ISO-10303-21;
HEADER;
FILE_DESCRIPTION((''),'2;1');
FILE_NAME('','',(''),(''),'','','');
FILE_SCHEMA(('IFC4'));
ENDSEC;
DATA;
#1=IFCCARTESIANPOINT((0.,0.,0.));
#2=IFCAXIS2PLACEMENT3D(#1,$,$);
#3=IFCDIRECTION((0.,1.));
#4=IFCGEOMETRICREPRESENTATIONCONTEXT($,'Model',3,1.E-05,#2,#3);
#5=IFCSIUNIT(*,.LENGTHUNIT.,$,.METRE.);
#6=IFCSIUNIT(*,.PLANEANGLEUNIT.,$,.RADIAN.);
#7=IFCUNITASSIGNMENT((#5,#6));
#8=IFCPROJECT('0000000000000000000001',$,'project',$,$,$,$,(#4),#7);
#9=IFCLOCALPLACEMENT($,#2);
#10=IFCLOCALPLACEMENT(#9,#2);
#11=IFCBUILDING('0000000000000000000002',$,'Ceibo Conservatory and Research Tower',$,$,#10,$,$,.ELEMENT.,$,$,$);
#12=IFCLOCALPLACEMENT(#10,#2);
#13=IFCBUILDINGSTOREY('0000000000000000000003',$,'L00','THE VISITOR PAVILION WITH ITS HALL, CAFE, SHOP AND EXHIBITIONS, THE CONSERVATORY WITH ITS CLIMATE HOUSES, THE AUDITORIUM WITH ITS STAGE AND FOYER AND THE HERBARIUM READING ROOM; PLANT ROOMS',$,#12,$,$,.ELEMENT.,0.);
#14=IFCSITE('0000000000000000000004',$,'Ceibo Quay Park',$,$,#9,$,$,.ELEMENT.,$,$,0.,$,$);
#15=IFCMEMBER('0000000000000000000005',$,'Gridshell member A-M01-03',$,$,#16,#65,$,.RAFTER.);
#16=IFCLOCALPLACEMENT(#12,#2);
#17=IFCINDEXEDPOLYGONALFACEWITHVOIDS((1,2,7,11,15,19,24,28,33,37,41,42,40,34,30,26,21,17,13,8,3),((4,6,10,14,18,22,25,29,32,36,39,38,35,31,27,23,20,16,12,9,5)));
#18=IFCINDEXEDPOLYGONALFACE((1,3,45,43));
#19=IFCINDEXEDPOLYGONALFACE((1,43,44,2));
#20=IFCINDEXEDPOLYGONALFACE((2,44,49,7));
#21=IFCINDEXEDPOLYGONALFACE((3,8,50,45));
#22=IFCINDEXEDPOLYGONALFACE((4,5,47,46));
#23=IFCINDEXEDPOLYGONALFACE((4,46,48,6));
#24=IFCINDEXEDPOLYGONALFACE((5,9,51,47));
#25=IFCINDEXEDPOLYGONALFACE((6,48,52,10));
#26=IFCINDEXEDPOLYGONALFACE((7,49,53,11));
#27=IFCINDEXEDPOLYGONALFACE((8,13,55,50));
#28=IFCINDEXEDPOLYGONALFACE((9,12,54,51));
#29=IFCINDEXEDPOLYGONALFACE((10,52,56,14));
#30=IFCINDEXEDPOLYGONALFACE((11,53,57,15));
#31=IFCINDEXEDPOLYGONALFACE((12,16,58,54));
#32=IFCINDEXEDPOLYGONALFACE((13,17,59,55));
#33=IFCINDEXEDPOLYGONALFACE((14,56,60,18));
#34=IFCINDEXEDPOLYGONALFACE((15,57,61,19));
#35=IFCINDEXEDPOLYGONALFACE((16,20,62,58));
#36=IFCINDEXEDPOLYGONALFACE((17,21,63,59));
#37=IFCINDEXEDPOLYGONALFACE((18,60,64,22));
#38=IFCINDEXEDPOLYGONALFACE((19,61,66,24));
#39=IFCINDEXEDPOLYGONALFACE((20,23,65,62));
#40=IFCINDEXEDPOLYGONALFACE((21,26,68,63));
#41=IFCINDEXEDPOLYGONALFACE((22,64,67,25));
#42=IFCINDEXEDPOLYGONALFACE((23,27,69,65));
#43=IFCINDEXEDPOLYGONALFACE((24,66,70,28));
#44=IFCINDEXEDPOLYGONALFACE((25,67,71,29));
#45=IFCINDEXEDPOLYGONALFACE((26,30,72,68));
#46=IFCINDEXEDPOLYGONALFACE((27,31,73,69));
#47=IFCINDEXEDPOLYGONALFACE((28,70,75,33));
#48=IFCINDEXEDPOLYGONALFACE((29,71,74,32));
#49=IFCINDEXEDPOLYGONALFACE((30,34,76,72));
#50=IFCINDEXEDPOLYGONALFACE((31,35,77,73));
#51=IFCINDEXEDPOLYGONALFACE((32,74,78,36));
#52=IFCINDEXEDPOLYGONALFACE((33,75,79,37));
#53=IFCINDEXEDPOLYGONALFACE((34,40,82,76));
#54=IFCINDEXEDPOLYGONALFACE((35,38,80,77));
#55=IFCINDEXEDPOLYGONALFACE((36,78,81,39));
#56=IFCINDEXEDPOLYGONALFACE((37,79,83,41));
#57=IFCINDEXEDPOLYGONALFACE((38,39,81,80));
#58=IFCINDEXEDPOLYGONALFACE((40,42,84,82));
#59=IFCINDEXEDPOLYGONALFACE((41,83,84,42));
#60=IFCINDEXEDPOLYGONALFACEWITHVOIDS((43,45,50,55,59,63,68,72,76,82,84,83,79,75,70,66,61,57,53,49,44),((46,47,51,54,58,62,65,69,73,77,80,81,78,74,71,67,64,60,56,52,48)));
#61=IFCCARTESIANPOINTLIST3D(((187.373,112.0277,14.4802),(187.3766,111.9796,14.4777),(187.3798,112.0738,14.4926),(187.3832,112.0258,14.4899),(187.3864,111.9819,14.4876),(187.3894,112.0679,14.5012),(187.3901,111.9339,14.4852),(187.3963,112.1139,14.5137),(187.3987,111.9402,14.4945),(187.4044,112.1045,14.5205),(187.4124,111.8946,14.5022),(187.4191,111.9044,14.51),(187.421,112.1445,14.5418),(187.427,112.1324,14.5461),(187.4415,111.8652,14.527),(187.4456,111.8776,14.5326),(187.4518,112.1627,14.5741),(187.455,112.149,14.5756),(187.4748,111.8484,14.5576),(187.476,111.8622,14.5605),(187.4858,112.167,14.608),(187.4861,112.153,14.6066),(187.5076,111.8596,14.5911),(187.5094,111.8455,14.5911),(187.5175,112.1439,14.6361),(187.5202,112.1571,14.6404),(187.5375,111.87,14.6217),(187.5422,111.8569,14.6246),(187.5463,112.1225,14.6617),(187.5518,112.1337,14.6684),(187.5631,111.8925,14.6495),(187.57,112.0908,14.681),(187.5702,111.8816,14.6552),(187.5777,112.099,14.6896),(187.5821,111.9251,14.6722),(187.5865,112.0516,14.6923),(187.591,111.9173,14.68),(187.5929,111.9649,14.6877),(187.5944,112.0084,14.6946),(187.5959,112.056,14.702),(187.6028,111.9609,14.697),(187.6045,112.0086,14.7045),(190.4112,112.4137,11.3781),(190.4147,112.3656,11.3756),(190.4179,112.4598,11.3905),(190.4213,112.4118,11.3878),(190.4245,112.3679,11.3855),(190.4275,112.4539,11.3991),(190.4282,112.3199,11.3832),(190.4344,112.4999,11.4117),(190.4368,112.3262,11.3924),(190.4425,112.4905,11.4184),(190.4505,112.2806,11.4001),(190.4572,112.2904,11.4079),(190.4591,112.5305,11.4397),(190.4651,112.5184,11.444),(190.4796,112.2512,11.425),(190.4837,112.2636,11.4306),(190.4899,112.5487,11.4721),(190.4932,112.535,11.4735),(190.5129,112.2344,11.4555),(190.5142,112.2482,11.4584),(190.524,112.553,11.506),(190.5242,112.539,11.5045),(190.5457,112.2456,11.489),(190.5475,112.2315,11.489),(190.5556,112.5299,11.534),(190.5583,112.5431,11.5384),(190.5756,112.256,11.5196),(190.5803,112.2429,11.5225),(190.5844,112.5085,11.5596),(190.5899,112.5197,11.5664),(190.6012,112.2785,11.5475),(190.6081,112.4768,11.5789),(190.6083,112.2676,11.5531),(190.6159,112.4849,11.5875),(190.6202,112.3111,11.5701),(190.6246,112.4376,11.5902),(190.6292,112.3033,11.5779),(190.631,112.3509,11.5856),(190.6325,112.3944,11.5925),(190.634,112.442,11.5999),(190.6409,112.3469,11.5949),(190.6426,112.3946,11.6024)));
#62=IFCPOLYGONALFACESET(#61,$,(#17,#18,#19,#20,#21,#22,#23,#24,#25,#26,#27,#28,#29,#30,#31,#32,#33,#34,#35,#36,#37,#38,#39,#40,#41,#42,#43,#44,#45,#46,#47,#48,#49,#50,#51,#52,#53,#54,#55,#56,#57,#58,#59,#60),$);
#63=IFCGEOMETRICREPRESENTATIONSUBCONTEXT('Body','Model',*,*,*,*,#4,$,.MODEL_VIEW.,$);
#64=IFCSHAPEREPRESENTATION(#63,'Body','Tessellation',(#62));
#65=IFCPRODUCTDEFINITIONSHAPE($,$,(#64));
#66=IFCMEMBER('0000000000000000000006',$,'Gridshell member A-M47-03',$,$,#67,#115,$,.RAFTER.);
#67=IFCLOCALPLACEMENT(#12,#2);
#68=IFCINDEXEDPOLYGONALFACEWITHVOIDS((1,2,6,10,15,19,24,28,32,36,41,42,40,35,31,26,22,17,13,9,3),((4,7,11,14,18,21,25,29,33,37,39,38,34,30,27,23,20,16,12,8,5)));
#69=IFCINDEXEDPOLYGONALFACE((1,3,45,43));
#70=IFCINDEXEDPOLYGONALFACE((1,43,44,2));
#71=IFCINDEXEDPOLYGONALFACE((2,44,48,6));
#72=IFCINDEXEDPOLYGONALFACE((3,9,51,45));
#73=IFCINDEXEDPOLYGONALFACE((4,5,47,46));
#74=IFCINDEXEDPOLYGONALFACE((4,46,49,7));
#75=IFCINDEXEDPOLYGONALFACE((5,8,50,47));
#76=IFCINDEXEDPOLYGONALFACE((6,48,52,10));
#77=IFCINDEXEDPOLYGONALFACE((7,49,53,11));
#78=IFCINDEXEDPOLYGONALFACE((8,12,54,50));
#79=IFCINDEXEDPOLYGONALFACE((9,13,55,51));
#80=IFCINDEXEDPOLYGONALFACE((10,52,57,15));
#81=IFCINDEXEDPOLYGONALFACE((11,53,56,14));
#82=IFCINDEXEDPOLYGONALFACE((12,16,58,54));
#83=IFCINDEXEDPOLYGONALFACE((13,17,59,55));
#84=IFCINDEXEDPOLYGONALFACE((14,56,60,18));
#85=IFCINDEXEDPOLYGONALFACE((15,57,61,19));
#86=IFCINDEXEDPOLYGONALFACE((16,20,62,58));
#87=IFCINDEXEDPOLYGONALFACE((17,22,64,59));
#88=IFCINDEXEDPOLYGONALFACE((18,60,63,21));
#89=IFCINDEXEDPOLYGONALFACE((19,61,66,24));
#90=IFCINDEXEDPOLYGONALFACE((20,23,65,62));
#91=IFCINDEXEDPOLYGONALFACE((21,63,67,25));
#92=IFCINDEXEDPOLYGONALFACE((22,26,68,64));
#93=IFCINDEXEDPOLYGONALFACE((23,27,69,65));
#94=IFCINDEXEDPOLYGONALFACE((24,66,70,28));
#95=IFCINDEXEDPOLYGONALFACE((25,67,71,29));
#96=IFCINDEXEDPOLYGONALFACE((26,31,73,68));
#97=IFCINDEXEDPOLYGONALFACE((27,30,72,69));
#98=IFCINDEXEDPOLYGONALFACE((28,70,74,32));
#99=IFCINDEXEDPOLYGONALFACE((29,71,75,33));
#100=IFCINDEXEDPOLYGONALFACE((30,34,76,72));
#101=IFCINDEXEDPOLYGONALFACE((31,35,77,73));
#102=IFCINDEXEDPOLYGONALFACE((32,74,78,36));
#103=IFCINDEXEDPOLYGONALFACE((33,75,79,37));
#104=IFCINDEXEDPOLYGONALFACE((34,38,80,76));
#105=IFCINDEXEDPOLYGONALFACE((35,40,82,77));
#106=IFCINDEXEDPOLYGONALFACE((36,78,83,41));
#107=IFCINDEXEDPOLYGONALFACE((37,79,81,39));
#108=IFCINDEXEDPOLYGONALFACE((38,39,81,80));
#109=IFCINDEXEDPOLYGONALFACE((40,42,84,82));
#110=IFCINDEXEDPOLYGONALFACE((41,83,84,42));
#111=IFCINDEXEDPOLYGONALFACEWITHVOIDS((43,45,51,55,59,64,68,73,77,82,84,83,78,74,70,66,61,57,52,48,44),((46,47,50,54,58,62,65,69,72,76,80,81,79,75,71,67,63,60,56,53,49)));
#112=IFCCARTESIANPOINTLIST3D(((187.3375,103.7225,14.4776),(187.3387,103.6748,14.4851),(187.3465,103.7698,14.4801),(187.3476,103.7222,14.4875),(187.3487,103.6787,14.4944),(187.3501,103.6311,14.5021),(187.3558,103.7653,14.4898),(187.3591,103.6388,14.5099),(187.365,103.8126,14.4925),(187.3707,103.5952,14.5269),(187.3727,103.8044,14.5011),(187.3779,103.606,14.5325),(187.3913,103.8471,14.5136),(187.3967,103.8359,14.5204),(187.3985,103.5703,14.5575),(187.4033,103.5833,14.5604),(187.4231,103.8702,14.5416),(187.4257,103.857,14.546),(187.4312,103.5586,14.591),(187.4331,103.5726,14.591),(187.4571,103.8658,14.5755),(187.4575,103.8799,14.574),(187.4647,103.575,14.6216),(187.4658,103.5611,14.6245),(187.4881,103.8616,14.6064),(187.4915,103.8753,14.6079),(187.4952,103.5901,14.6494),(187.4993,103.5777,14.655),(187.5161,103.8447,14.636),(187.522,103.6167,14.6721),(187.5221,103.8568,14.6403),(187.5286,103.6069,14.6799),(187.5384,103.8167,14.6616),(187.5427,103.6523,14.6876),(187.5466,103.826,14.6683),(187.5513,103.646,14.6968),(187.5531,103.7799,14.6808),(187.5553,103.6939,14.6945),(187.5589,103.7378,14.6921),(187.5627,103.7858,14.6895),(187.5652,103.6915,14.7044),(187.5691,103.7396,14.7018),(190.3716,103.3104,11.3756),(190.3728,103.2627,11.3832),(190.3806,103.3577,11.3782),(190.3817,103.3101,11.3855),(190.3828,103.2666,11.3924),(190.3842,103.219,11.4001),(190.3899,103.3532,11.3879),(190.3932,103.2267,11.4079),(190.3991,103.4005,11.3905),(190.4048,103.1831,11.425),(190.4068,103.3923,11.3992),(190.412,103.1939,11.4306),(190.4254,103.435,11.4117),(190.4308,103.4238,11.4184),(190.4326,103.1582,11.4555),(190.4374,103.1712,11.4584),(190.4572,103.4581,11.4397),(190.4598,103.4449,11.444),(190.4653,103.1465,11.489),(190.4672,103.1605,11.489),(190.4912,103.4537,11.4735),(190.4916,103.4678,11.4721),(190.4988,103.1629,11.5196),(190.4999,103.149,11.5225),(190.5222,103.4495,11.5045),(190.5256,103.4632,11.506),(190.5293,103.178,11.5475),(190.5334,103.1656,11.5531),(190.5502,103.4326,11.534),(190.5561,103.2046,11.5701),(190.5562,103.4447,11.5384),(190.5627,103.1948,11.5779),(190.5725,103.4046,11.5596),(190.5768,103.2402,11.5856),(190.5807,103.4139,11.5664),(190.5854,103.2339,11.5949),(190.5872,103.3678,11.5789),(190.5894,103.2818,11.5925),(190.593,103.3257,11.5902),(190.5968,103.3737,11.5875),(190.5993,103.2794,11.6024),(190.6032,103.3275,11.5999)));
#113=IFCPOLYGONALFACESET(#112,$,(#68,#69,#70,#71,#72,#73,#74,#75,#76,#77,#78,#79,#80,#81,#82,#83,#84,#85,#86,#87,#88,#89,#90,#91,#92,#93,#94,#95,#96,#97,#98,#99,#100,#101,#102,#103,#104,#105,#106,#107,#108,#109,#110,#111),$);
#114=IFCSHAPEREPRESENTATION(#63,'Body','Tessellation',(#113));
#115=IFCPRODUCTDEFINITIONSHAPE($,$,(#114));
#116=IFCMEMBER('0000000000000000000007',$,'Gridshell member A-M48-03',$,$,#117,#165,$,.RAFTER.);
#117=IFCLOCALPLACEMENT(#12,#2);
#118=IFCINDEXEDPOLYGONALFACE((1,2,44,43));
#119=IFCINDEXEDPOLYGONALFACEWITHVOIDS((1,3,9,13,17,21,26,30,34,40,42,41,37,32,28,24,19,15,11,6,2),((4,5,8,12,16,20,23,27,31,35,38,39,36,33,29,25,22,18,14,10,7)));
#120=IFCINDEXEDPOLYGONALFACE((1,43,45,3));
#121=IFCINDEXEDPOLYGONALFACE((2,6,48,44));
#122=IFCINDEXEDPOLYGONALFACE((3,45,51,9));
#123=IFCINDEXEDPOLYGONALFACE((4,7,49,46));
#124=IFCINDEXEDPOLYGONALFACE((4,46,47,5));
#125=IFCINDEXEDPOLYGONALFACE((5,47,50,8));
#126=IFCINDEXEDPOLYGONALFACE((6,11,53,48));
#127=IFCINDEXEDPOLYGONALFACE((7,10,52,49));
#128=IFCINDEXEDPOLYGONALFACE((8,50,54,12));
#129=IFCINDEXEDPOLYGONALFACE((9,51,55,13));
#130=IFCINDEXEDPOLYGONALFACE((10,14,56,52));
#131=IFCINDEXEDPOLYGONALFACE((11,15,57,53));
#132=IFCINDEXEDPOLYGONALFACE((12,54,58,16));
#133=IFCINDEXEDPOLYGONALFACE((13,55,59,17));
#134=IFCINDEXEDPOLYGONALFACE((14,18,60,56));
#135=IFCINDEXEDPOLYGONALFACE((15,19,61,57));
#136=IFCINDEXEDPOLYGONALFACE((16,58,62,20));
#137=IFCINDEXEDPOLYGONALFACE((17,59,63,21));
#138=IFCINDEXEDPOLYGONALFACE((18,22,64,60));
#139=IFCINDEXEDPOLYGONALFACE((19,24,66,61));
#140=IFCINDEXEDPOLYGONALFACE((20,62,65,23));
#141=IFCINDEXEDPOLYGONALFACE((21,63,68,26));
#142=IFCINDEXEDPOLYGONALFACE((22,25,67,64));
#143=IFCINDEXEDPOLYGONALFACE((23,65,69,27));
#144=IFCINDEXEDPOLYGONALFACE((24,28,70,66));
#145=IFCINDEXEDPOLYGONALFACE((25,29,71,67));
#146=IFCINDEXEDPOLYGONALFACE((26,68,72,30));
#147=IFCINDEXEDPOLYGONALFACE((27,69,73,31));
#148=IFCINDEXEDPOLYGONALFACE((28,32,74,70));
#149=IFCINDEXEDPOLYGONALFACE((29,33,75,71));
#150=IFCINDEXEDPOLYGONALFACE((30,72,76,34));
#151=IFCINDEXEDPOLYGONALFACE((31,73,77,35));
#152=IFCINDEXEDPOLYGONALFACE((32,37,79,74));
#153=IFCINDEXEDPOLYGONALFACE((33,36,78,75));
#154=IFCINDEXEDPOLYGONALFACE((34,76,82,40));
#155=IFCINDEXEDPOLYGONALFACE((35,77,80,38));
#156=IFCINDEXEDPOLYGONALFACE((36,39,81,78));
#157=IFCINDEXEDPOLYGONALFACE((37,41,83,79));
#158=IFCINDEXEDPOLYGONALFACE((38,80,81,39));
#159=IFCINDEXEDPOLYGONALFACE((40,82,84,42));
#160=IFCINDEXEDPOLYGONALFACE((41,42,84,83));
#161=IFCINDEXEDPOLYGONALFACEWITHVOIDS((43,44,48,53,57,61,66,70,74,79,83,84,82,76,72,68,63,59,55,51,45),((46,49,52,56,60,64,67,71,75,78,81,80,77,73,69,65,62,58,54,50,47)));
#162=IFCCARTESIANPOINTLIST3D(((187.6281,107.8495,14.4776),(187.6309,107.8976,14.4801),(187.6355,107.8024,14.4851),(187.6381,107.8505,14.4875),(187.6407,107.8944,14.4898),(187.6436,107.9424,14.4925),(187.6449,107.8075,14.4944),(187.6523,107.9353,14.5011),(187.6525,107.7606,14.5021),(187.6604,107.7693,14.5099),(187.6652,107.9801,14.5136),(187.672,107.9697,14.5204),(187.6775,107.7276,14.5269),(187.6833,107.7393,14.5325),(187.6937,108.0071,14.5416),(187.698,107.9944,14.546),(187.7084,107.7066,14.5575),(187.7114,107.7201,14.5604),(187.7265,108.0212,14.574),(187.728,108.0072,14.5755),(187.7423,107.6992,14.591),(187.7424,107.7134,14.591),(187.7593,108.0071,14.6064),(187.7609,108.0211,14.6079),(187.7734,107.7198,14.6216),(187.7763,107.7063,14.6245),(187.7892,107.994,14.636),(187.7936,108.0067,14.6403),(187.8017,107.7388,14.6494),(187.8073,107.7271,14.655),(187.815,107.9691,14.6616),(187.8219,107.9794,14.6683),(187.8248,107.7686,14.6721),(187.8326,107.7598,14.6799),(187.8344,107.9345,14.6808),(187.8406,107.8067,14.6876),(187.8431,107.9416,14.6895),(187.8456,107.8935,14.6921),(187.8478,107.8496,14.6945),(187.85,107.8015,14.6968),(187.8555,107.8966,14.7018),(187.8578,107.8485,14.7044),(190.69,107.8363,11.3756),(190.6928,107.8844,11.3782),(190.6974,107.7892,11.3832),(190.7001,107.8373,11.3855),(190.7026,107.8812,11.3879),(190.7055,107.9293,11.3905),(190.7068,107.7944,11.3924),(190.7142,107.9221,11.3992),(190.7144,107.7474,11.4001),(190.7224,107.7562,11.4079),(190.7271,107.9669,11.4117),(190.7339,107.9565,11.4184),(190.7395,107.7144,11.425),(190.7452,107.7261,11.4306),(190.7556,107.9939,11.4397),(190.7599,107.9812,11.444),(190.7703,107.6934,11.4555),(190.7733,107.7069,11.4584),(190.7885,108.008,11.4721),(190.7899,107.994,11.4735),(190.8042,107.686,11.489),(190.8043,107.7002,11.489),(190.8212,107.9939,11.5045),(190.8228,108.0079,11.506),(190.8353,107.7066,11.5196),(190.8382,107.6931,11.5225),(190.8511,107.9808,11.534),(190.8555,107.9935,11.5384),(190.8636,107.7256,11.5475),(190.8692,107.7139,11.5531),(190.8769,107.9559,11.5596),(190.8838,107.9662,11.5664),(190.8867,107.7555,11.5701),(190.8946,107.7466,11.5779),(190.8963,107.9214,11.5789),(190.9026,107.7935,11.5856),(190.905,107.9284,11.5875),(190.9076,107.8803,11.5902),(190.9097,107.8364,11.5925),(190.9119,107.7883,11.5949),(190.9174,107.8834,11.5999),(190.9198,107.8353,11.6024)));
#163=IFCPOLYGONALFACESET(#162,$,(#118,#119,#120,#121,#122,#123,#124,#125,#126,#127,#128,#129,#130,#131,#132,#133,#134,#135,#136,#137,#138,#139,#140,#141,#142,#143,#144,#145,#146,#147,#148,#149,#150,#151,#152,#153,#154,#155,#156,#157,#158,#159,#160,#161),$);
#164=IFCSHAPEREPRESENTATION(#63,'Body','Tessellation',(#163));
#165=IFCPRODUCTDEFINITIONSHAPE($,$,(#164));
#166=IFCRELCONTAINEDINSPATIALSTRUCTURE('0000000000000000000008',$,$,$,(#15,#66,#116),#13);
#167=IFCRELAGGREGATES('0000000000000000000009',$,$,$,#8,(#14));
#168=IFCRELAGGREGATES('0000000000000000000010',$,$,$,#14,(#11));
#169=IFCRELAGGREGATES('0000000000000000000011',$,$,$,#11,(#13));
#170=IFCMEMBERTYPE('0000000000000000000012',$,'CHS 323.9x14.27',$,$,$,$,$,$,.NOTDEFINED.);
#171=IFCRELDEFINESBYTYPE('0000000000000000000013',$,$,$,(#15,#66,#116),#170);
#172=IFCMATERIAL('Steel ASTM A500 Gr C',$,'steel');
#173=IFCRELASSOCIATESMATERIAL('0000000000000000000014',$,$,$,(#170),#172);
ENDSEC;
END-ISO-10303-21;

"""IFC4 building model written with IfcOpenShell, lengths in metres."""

from ifc_helpers import new_model, si_unit, direction, frame, origin, origin_2d, place, context, subcontext, project, spatial, hollow_circle, extrude, material, material_profile, profile_set, type_object, element, save


model = new_model("IFC4")

# Units and contexts
model_context = context("Model", 3, precision=1e-05, world=origin(), true_north=direction((0.0, 1.0)))
body_context = subcontext(model_context, "Body", "Model", "MODEL_VIEW")
ifc_project = project(units=[si_unit("LENGTHUNIT", "METRE"), si_unit("PLANEANGLEUNIT", "RADIAN")], contexts=[model_context])

# Site, building, storey
site_placement = place(None, origin())
site = spatial("IfcSite", under=ifc_project, at=site_placement, Name="Ceibo Quay Park", CompositionType="ELEMENT", RefElevation=0.0)
building_placement = place(site_placement, origin())
building = spatial("IfcBuilding", under=site, at=building_placement, Name="Ceibo Conservatory and Research Tower", CompositionType="ELEMENT")
storey_placement = place(building_placement, origin())
storey = spatial("IfcBuildingStorey", under=building, at=storey_placement, Name="L00", Description="THE VISITOR PAVILION WITH ITS HALL, CAFE, SHOP AND EXHIBITIONS, THE CONSERVATORY WITH ITS CLIMATE HOUSES, THE AUDITORIUM WITH ITS STAGE AND FOYER AND THE HERBARIUM READING ROOM; PLANT ROOMS", CompositionType="ELEMENT", Elevation=0.0)

# Members
ifc_material_1 = material(Name="Steel ASTM A500 Gr C", Category="steel")
ifc_material_profile_1 = material_profile(ifc_material_1, hollow_circle(Radius=0.1619, WallThickness=0.0142, at=origin_2d()), Name="CHS 323.9x14.27")
ifc_profile_set_1 = profile_set([ifc_material_profile_1], Name="Steel ASTM A500 Gr C")
member_type_1 = type_object("IfcMemberType", Name="CHS 323.9x14.27", PredefinedType="NOTDEFINED", material=ifc_profile_set_1)
member_1_placement = place(storey_placement, frame((190.5271, 112.3921, 11.489), z_axis=(-0.696954, -0.088547, 0.711628), x_axis=(0.126036, -0.992026, 0.0)))
element("IfcMember", 1, at=member_1_placement, inside=storey, type_object=member_type_1, Name="Gridshell member A-M01-03", PredefinedType="RAFTER", context=body_context, shape_type="SweptSolid", body=[
    extrude(hollow_circle(Radius=0.1619, WallThickness=0.0142, at=origin_2d()), origin(), (0.0, 0.0, 1.0), 4.3591),
])
for number, where, z_axis, x_axis, name in (
    (2, (190.4871, 103.3069, 11.489), (-0.696111, 0.094547, 0.711682), (-0.134587, -0.990902, 0.0), "Gridshell member A-M47-03"),
    (3, (190.8049, 107.8479, 11.489), (-0.702496, 0.003025, 0.711682), (-0.004305, -0.999991, 0.0), "Gridshell member A-M48-03"),
):
    element("IfcMember", number, at=place(storey_placement, frame(where, z_axis=z_axis, x_axis=x_axis)), inside=storey, type_object=member_type_1, Name=name, PredefinedType="RAFTER", context=body_context, shape_type="SweptSolid", body=[
        extrude(hollow_circle(Radius=0.1619, WallThickness=0.0142, at=origin_2d()), origin(), (0.0, 0.0, 1.0), 4.3586),
    ])

save(model, "model.ifc")
